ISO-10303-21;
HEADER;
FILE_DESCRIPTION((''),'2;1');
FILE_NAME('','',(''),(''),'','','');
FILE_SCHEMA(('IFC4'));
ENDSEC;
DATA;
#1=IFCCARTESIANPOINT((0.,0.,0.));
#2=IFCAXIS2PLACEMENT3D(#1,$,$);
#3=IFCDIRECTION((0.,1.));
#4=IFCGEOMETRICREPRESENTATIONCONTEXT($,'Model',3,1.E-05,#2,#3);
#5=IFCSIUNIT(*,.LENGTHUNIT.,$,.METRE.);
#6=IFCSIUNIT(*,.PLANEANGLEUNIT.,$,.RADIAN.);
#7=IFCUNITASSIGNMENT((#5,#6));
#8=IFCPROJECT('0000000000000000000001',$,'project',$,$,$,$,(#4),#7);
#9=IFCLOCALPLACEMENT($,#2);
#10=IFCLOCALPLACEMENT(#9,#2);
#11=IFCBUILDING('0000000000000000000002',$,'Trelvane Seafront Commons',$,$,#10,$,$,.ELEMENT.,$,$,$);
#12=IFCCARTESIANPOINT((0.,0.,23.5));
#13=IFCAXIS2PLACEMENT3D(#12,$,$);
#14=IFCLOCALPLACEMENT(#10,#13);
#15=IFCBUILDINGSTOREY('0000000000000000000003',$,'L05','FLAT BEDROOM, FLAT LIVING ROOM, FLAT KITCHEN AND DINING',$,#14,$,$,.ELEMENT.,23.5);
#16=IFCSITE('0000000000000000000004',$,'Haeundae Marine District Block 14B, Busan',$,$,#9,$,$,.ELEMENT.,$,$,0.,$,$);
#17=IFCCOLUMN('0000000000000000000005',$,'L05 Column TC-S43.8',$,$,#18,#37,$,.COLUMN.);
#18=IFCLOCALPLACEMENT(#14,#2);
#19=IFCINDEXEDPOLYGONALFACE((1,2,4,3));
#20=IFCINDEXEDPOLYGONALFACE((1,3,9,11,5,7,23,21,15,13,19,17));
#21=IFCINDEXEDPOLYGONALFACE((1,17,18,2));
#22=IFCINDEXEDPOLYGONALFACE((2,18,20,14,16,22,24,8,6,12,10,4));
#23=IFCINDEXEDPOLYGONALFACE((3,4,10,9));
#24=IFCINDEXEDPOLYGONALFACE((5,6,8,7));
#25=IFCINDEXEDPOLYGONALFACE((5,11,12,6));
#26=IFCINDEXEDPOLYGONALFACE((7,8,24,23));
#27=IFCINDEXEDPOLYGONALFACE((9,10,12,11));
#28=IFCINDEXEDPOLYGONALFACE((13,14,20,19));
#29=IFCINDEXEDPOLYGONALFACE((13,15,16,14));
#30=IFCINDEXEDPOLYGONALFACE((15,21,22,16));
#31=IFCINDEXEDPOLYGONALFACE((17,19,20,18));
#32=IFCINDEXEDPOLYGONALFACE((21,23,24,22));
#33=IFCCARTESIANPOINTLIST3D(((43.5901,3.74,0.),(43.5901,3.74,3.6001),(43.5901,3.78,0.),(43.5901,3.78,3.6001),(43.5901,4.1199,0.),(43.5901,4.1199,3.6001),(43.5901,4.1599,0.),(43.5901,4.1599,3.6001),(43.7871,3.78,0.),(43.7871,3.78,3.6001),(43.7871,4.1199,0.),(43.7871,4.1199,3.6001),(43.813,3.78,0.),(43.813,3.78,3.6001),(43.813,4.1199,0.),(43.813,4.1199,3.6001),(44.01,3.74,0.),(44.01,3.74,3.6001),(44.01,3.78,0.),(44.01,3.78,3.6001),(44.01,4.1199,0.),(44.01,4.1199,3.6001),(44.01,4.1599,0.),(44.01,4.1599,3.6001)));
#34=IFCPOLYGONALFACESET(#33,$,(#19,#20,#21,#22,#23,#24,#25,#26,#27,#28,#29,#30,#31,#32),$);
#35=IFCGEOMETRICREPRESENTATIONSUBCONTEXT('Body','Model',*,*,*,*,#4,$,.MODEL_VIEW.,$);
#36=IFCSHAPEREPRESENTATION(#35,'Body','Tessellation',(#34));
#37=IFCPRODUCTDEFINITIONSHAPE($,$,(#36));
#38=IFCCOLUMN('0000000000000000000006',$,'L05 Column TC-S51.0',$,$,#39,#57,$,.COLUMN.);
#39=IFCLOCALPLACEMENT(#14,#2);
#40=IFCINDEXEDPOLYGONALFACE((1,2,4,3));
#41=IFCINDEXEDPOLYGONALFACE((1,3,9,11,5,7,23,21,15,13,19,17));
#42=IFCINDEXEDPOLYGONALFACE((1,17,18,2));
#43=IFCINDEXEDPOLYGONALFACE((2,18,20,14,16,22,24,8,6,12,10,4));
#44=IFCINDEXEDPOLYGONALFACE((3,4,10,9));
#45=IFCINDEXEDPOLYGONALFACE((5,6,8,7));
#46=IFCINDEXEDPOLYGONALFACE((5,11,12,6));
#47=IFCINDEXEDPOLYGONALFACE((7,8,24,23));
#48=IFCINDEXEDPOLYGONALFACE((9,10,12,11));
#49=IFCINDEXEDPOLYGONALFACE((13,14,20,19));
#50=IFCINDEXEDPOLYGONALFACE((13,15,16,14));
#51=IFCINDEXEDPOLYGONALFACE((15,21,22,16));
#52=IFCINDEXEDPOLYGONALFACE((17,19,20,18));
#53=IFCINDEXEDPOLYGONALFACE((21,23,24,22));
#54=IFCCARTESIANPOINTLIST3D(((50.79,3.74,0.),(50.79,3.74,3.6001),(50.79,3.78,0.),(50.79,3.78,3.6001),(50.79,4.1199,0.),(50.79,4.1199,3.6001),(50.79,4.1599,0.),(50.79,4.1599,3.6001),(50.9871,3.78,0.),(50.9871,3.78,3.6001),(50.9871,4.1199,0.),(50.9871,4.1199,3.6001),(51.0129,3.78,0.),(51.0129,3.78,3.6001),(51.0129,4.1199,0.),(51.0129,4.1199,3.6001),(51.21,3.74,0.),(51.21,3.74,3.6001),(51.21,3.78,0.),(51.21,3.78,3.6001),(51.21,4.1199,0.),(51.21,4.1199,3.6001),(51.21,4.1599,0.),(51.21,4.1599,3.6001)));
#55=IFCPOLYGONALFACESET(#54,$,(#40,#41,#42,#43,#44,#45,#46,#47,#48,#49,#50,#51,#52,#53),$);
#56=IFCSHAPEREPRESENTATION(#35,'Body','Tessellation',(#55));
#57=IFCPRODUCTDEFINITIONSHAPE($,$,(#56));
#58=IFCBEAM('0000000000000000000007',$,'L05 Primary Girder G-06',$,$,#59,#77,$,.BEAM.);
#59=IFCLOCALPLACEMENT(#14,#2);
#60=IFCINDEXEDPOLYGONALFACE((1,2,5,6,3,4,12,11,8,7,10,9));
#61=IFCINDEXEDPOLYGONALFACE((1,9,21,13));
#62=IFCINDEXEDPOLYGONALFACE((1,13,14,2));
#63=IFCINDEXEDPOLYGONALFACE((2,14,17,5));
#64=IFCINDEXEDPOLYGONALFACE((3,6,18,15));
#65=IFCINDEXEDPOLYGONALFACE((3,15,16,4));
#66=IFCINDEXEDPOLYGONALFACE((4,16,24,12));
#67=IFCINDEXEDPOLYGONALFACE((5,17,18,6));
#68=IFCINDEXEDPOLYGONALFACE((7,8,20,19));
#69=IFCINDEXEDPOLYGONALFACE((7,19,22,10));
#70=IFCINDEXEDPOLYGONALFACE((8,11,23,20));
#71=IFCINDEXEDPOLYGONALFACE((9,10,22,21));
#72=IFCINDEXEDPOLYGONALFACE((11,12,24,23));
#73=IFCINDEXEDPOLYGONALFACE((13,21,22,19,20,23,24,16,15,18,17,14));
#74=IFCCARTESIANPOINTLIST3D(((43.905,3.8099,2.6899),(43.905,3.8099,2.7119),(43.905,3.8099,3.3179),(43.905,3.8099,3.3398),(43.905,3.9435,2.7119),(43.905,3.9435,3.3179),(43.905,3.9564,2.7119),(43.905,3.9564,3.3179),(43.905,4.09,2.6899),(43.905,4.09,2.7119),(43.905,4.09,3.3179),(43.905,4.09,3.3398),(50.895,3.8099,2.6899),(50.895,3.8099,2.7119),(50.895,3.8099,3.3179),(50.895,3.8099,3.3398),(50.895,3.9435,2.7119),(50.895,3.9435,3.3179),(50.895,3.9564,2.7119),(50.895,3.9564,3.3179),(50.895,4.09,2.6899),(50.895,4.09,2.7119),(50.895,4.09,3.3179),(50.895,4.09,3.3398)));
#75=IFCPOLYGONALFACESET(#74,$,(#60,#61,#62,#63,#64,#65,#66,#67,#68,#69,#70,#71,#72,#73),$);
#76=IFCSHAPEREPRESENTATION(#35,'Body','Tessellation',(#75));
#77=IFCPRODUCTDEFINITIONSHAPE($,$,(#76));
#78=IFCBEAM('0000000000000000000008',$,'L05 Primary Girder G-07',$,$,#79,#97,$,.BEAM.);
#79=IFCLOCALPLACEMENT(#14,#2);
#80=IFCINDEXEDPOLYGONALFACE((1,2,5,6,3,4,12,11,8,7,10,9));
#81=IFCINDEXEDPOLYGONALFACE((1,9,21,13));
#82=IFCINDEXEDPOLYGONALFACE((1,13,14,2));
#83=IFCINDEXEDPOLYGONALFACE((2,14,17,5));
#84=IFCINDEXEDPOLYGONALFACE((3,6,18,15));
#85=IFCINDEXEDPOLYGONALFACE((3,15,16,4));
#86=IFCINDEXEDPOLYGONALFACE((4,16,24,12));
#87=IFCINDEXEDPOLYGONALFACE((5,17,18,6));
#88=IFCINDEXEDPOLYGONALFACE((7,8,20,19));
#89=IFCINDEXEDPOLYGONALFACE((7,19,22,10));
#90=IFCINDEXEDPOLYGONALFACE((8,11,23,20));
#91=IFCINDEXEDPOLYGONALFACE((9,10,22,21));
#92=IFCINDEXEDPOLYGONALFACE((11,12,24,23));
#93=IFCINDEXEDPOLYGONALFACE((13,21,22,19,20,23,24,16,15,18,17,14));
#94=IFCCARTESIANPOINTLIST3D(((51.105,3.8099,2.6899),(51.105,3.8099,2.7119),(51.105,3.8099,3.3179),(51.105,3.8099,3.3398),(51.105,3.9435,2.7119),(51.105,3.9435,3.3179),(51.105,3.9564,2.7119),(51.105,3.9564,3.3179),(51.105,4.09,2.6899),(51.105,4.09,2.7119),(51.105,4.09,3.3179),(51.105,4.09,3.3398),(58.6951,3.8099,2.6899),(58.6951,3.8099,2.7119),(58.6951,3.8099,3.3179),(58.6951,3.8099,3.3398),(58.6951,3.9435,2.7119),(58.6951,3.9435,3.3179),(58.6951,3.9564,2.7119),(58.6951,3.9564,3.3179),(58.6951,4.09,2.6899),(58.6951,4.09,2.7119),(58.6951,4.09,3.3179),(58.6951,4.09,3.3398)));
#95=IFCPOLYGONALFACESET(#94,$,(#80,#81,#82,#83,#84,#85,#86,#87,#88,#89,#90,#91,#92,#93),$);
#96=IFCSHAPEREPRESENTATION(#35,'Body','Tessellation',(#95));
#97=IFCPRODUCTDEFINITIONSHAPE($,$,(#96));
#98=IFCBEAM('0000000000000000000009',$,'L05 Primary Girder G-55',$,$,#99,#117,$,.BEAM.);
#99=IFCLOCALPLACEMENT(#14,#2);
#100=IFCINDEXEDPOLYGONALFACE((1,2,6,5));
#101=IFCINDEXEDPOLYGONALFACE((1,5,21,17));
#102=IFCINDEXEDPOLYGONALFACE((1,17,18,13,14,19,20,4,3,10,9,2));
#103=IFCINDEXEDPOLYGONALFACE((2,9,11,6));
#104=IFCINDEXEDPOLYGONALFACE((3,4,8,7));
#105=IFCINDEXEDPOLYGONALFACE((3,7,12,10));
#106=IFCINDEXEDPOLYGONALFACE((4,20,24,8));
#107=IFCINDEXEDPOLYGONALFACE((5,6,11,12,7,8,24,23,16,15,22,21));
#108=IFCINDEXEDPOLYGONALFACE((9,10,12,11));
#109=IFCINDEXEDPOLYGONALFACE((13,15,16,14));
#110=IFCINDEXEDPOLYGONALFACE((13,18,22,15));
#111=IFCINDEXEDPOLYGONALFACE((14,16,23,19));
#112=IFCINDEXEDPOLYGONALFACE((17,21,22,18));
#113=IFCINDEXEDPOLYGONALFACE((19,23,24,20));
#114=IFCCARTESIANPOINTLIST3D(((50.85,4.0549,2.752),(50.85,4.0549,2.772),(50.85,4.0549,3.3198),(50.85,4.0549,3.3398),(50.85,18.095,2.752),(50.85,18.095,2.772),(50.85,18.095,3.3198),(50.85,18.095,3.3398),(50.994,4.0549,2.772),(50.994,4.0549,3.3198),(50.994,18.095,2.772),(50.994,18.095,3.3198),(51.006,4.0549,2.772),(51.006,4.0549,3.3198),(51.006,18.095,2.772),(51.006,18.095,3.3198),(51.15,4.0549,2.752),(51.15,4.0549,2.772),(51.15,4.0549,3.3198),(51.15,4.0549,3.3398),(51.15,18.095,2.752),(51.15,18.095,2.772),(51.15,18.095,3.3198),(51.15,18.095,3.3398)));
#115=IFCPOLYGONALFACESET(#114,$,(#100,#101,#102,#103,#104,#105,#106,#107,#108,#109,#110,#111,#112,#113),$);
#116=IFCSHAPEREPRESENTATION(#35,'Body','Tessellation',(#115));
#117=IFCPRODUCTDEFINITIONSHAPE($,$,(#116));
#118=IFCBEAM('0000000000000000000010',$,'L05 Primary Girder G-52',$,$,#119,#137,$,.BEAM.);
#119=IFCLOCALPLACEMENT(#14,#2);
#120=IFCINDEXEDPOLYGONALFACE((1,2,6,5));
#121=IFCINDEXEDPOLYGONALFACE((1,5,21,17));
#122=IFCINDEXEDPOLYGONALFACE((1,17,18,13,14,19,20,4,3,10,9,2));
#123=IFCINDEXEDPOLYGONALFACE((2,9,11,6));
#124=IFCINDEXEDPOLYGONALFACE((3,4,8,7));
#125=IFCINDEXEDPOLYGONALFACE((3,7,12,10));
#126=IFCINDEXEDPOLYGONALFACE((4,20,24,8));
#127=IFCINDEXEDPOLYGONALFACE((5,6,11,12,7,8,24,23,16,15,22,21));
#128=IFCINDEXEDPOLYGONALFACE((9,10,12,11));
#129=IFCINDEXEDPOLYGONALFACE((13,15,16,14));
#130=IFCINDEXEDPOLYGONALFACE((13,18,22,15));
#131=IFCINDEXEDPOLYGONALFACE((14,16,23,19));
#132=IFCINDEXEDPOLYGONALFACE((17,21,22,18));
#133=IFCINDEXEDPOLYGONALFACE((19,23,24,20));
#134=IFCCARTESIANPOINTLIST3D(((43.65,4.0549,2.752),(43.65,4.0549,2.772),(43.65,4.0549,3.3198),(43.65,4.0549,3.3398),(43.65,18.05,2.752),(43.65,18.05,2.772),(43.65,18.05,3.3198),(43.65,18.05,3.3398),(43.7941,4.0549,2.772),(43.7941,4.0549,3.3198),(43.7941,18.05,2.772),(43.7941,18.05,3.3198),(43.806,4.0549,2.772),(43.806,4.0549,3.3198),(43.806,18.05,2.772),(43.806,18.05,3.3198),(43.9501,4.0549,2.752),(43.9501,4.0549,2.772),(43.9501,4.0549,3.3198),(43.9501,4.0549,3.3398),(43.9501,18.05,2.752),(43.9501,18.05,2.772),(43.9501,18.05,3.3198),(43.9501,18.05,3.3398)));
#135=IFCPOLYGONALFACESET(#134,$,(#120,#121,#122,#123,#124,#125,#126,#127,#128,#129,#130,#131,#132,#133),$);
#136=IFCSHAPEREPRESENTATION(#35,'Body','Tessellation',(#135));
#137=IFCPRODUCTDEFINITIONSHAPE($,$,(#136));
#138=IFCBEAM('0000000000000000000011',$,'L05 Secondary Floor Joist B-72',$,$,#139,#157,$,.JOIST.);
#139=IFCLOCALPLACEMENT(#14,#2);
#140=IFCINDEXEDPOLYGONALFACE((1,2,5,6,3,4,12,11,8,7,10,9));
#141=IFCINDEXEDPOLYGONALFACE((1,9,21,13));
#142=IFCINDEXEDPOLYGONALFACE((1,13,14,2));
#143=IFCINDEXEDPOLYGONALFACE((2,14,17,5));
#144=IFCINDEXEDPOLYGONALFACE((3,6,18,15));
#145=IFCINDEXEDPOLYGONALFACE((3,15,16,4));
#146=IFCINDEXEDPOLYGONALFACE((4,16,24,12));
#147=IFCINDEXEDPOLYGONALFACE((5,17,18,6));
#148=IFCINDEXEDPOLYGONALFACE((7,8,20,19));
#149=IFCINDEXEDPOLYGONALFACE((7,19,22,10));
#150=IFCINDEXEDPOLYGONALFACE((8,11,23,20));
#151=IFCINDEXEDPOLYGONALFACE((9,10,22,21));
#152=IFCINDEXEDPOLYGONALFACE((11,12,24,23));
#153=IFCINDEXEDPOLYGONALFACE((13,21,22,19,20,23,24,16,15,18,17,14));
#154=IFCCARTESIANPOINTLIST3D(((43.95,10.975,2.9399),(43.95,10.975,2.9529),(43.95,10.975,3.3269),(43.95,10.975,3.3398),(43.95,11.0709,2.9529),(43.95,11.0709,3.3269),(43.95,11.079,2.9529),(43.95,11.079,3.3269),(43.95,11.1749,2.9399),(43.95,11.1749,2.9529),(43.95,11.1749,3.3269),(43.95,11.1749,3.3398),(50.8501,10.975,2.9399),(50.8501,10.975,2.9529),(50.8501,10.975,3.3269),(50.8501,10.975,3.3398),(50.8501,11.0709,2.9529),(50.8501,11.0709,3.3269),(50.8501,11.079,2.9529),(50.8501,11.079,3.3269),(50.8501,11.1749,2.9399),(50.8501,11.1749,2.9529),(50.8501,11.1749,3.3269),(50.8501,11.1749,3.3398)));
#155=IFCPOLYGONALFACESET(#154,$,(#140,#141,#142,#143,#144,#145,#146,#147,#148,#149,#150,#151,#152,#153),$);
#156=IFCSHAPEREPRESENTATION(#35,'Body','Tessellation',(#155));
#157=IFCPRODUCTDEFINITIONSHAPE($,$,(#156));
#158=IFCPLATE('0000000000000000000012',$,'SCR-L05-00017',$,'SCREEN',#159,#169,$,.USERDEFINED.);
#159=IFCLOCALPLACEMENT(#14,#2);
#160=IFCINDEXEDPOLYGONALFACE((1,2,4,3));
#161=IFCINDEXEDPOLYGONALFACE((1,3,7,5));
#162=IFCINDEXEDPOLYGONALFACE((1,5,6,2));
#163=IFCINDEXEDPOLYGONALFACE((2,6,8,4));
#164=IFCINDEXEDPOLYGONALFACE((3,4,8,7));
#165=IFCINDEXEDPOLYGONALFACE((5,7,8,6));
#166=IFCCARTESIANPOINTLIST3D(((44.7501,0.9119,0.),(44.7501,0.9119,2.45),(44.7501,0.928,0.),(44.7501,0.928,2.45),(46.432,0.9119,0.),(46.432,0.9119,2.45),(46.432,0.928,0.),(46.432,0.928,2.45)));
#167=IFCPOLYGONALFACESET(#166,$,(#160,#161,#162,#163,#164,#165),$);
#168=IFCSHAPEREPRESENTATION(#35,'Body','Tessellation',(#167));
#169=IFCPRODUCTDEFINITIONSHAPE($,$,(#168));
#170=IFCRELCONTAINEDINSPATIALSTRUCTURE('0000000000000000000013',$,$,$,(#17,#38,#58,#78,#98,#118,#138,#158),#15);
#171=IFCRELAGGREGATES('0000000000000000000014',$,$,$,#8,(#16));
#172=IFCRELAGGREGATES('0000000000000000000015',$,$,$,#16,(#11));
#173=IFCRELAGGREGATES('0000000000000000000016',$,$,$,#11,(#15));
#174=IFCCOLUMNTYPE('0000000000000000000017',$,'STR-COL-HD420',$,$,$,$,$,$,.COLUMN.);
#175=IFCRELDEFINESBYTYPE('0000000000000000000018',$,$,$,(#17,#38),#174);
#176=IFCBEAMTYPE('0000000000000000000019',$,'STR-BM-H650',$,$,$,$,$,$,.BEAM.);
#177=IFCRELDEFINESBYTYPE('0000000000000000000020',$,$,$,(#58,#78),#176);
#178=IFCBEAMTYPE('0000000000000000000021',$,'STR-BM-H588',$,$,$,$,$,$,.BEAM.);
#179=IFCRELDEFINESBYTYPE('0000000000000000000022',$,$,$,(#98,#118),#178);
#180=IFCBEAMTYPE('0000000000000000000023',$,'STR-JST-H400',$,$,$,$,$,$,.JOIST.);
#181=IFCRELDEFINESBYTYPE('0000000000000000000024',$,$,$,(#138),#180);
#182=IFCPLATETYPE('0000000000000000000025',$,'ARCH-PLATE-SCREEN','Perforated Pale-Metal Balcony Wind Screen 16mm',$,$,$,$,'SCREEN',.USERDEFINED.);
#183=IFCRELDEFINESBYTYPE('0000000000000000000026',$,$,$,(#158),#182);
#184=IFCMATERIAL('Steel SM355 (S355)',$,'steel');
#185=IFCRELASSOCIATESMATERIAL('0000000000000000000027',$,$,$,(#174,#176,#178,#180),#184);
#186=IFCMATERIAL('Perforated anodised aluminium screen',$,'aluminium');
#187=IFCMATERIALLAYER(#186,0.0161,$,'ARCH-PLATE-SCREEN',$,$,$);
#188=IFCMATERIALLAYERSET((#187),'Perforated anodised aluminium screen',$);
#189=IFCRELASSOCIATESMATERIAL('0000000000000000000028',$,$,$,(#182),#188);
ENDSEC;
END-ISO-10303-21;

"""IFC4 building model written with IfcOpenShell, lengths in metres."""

from ifc_helpers import new_model, si_unit, direction, frame, origin, origin_2d, place, context, subcontext, project, spatial, rectangle, i_section, extrude, source, transform, mapped, material, layer, layer_set, material_profile, profile_set, type_object, element, save


model = new_model("IFC4")

# Units and contexts
model_context = context("Model", 3, precision=1e-05, world=origin(), true_north=direction((0.0, 1.0)))
body_context = subcontext(model_context, "Body", "Model", "MODEL_VIEW")
ifc_project = project(units=[si_unit("LENGTHUNIT", "METRE"), si_unit("PLANEANGLEUNIT", "RADIAN")], contexts=[model_context])

# Site, building, storey
site_placement = place(None, origin())
site = spatial("IfcSite", under=ifc_project, at=site_placement, Name="Haeundae Marine District Block 14B, Busan", CompositionType="ELEMENT", RefElevation=0.0)
building_placement = place(site_placement, origin())
building = spatial("IfcBuilding", under=site, at=building_placement, Name="Trelvane Seafront Commons", CompositionType="ELEMENT")
storey_placement = place(building_placement, frame((0.0, 0.0, 23.5)))
storey = spatial("IfcBuildingStorey", under=building, at=storey_placement, Name="L05", Description="FLAT BEDROOM, FLAT LIVING ROOM, FLAT KITCHEN AND DINING", CompositionType="ELEMENT", Elevation=23.5)

# Columns
ifc_material_1 = material(Name="Steel SM355 (S355)", Category="steel")
ifc_material_profile_1 = material_profile(ifc_material_1, i_section(OverallWidth=0.4199, OverallDepth=0.4199, WebThickness=0.0259, FlangeThickness=0.04, at=origin_2d()), Name="HD-420x420x26x40")
ifc_profile_set_1 = profile_set([ifc_material_profile_1], Name="Steel SM355 (S355)")
column_type = type_object("IfcColumnType", Name="STR-COL-HD420", PredefinedType="COLUMN", material=ifc_profile_set_1)
shared_shape_1 = source(origin(), body_context, "Body", "SweptSolid", [
    extrude(i_section(OverallWidth=0.4199, OverallDepth=0.4199, WebThickness=0.0259, FlangeThickness=0.04, at=origin_2d()), origin(), (0.0, 0.0, 1.0), 3.6001),
])
for number, where, z_axis, x_axis, name in (
    (1, (43.8, 3.95, 0.0), (0.0, 0.0, 1.0), (1.0, 0.0, 0.0), "L05 Column TC-S43.8"),
    (2, (51.0, 3.95, 0.0), (0.0, 0.0, 1.0), (1.0, 0.0, 0.0), "L05 Column TC-S51.0"),
):
    element("IfcColumn", number, at=place(storey_placement, frame(where, z_axis=z_axis, x_axis=x_axis)), inside=storey, type_object=column_type, Name=name, PredefinedType="COLUMN", context=body_context, shape_type="MappedRepresentation", body=[
        mapped(shared_shape_1, transform((0.0, 0.0, 0.0), x_axis=(1.0, 0.0, 0.0), y_axis=(0.0, 1.0, 0.0), z_axis=(0.0, 0.0, 1.0), scale=1.0)),
    ])

# Beams
ifc_material_profile_2 = material_profile(ifc_material_1, i_section(OverallWidth=0.28, OverallDepth=0.6499, WebThickness=0.0129, FlangeThickness=0.022, at=origin_2d()), Name="H-650x280x13x22")
ifc_profile_set_2 = profile_set([ifc_material_profile_2], Name="Steel SM355 (S355)")
beam_type_1 = type_object("IfcBeamType", Name="STR-BM-H650", PredefinedType="BEAM", material=ifc_profile_set_2)
shared_shape_2 = source(origin(), body_context, "Body", "SweptSolid", [
    extrude(i_section(OverallWidth=0.28, OverallDepth=0.6499, WebThickness=0.0129, FlangeThickness=0.022, at=origin_2d()), origin(), (0.0, 0.0, 1.0), 6.99),
])
beam_1_placement = place(storey_placement, frame((43.905, 3.95, 3.0149), z_axis=(1.0, 0.0, 0.0), x_axis=(0.0, 1.0, 0.0)))
element("IfcBeam", 3, at=beam_1_placement, inside=storey, type_object=beam_type_1, Name="L05 Primary Girder G-06", PredefinedType="BEAM", context=body_context, shape_type="MappedRepresentation", body=[
    mapped(shared_shape_2, transform((0.0, 0.0, 0.0), x_axis=(1.0, 0.0, 0.0), y_axis=(0.0, 1.0, 0.0), z_axis=(0.0, 0.0, 1.0), scale=1.0)),
])
shared_shape_3 = source(origin(), body_context, "Body", "SweptSolid", [
    extrude(i_section(OverallWidth=0.28, OverallDepth=0.6499, WebThickness=0.0129, FlangeThickness=0.022, at=origin_2d()), origin(), (0.0, 0.0, 1.0), 7.5901),
])
beam_2_placement = place(storey_placement, frame((51.105, 3.95, 3.0149), z_axis=(1.0, 0.0, 0.0), x_axis=(0.0, 1.0, 0.0)))
element("IfcBeam", 4, at=beam_2_placement, inside=storey, type_object=beam_type_1, Name="L05 Primary Girder G-07", PredefinedType="BEAM", context=body_context, shape_type="MappedRepresentation", body=[
    mapped(shared_shape_3, transform((0.0, 0.0, 0.0), x_axis=(1.0, 0.0, 0.0), y_axis=(0.0, 1.0, 0.0), z_axis=(0.0, 0.0, 1.0), scale=1.0)),
])
ifc_material_profile_3 = material_profile(ifc_material_1, i_section(OverallWidth=0.3, OverallDepth=0.5879, WebThickness=0.012, FlangeThickness=0.02, at=origin_2d()), Name="H-588x300x12x20")
ifc_profile_set_3 = profile_set([ifc_material_profile_3], Name="Steel SM355 (S355)")
beam_type_2 = type_object("IfcBeamType", Name="STR-BM-H588", PredefinedType="BEAM", material=ifc_profile_set_3)
shared_shape_4 = source(origin(), body_context, "Body", "SweptSolid", [
    extrude(i_section(OverallWidth=0.3, OverallDepth=0.5879, WebThickness=0.012, FlangeThickness=0.02, at=origin_2d()), origin(), (0.0, 0.0, 1.0), 14.04),
])
beam_3_placement = place(storey_placement, frame((51.0, 4.0549, 3.0459), z_axis=(0.0, 1.0, 0.0), x_axis=(-1.0, 0.0, 0.0)))
element("IfcBeam", 5, at=beam_3_placement, inside=storey, type_object=beam_type_2, Name="L05 Primary Girder G-55", PredefinedType="BEAM", context=body_context, shape_type="MappedRepresentation", body=[
    mapped(shared_shape_4, transform((0.0, 0.0, 0.0), x_axis=(1.0, 0.0, 0.0), y_axis=(0.0, 1.0, 0.0), z_axis=(0.0, 0.0, 1.0), scale=1.0)),
])
shared_shape_5 = source(origin(), body_context, "Body", "SweptSolid", [
    extrude(i_section(OverallWidth=0.3, OverallDepth=0.5879, WebThickness=0.012, FlangeThickness=0.02, at=origin_2d()), origin(), (0.0, 0.0, 1.0), 13.9951),
])
beam_4_placement = place(storey_placement, frame((43.8, 4.0549, 3.0459), z_axis=(0.0, 1.0, 0.0), x_axis=(-1.0, 0.0, 0.0)))
element("IfcBeam", 6, at=beam_4_placement, inside=storey, type_object=beam_type_2, Name="L05 Primary Girder G-52", PredefinedType="BEAM", context=body_context, shape_type="MappedRepresentation", body=[
    mapped(shared_shape_5, transform((0.0, 0.0, 0.0), x_axis=(1.0, 0.0, 0.0), y_axis=(0.0, 1.0, 0.0), z_axis=(0.0, 0.0, 1.0), scale=1.0)),
])
ifc_material_profile_4 = material_profile(ifc_material_1, i_section(OverallWidth=0.2, OverallDepth=0.3999, WebThickness=0.0081, FlangeThickness=0.0129, at=origin_2d()), Name="H-400x200x8x13")
ifc_profile_set_4 = profile_set([ifc_material_profile_4], Name="Steel SM355 (S355)")
beam_type_3 = type_object("IfcBeamType", Name="STR-JST-H400", PredefinedType="JOIST", material=ifc_profile_set_4)
shared_shape_6 = source(origin(), body_context, "Body", "SweptSolid", [
    extrude(i_section(OverallWidth=0.2, OverallDepth=0.3999, WebThickness=0.0081, FlangeThickness=0.0129, at=origin_2d()), origin(), (0.0, 0.0, 1.0), 6.9001),
])
beam_5_placement = place(storey_placement, frame((43.95, 11.075, 3.1399), z_axis=(1.0, 0.0, 0.0), x_axis=(0.0, 1.0, 0.0)))
element("IfcBeam", 7, at=beam_5_placement, inside=storey, type_object=beam_type_3, Name="L05 Secondary Floor Joist B-72", PredefinedType="JOIST", context=body_context, shape_type="MappedRepresentation", body=[
    mapped(shared_shape_6, transform((0.0, 0.0, 0.0), x_axis=(1.0, 0.0, 0.0), y_axis=(0.0, 1.0, 0.0), z_axis=(0.0, 0.0, 1.0), scale=1.0)),
])

# Plate
ifc_material_2 = material(Name="Perforated anodised aluminium screen", Category="aluminium")
ifc_layer_1 = layer(ifc_material_2, 0.0161, Name="ARCH-PLATE-SCREEN")
ifc_layer_set_1 = layer_set([ifc_layer_1], Name="Perforated anodised aluminium screen")
plate_type_1 = type_object("IfcPlateType", Name="ARCH-PLATE-SCREEN", Description="Perforated Pale-Metal Balcony Wind Screen 16mm", ElementType="SCREEN", PredefinedType="USERDEFINED", material=ifc_layer_set_1)
shared_shape_7 = source(origin(), body_context, "Body", "SweptSolid", [
    extrude(rectangle(XDim=1.6819, YDim=0.0161, at=origin_2d()), origin(), (0.0, 0.0, 1.0), 2.45),
])
plate_placement = place(storey_placement, frame((45.5911, 0.9199, 0.0), z_axis=(0.0, 0.0, 1.0), x_axis=(1.0, 0.0, 0.0)))
element("IfcPlate", 8, at=plate_placement, inside=storey, type_object=plate_type_1, Name="SCR-L05-00017", ObjectType="SCREEN", PredefinedType="USERDEFINED", context=body_context, shape_type="MappedRepresentation", body=[
    mapped(shared_shape_7, transform((0.0, 0.0, 0.0), x_axis=(1.0, 0.0, 0.0), y_axis=(0.0, 1.0, 0.0), z_axis=(0.0, 0.0, 1.0), scale=1.0)),
])

save(model, "model.ifc")
